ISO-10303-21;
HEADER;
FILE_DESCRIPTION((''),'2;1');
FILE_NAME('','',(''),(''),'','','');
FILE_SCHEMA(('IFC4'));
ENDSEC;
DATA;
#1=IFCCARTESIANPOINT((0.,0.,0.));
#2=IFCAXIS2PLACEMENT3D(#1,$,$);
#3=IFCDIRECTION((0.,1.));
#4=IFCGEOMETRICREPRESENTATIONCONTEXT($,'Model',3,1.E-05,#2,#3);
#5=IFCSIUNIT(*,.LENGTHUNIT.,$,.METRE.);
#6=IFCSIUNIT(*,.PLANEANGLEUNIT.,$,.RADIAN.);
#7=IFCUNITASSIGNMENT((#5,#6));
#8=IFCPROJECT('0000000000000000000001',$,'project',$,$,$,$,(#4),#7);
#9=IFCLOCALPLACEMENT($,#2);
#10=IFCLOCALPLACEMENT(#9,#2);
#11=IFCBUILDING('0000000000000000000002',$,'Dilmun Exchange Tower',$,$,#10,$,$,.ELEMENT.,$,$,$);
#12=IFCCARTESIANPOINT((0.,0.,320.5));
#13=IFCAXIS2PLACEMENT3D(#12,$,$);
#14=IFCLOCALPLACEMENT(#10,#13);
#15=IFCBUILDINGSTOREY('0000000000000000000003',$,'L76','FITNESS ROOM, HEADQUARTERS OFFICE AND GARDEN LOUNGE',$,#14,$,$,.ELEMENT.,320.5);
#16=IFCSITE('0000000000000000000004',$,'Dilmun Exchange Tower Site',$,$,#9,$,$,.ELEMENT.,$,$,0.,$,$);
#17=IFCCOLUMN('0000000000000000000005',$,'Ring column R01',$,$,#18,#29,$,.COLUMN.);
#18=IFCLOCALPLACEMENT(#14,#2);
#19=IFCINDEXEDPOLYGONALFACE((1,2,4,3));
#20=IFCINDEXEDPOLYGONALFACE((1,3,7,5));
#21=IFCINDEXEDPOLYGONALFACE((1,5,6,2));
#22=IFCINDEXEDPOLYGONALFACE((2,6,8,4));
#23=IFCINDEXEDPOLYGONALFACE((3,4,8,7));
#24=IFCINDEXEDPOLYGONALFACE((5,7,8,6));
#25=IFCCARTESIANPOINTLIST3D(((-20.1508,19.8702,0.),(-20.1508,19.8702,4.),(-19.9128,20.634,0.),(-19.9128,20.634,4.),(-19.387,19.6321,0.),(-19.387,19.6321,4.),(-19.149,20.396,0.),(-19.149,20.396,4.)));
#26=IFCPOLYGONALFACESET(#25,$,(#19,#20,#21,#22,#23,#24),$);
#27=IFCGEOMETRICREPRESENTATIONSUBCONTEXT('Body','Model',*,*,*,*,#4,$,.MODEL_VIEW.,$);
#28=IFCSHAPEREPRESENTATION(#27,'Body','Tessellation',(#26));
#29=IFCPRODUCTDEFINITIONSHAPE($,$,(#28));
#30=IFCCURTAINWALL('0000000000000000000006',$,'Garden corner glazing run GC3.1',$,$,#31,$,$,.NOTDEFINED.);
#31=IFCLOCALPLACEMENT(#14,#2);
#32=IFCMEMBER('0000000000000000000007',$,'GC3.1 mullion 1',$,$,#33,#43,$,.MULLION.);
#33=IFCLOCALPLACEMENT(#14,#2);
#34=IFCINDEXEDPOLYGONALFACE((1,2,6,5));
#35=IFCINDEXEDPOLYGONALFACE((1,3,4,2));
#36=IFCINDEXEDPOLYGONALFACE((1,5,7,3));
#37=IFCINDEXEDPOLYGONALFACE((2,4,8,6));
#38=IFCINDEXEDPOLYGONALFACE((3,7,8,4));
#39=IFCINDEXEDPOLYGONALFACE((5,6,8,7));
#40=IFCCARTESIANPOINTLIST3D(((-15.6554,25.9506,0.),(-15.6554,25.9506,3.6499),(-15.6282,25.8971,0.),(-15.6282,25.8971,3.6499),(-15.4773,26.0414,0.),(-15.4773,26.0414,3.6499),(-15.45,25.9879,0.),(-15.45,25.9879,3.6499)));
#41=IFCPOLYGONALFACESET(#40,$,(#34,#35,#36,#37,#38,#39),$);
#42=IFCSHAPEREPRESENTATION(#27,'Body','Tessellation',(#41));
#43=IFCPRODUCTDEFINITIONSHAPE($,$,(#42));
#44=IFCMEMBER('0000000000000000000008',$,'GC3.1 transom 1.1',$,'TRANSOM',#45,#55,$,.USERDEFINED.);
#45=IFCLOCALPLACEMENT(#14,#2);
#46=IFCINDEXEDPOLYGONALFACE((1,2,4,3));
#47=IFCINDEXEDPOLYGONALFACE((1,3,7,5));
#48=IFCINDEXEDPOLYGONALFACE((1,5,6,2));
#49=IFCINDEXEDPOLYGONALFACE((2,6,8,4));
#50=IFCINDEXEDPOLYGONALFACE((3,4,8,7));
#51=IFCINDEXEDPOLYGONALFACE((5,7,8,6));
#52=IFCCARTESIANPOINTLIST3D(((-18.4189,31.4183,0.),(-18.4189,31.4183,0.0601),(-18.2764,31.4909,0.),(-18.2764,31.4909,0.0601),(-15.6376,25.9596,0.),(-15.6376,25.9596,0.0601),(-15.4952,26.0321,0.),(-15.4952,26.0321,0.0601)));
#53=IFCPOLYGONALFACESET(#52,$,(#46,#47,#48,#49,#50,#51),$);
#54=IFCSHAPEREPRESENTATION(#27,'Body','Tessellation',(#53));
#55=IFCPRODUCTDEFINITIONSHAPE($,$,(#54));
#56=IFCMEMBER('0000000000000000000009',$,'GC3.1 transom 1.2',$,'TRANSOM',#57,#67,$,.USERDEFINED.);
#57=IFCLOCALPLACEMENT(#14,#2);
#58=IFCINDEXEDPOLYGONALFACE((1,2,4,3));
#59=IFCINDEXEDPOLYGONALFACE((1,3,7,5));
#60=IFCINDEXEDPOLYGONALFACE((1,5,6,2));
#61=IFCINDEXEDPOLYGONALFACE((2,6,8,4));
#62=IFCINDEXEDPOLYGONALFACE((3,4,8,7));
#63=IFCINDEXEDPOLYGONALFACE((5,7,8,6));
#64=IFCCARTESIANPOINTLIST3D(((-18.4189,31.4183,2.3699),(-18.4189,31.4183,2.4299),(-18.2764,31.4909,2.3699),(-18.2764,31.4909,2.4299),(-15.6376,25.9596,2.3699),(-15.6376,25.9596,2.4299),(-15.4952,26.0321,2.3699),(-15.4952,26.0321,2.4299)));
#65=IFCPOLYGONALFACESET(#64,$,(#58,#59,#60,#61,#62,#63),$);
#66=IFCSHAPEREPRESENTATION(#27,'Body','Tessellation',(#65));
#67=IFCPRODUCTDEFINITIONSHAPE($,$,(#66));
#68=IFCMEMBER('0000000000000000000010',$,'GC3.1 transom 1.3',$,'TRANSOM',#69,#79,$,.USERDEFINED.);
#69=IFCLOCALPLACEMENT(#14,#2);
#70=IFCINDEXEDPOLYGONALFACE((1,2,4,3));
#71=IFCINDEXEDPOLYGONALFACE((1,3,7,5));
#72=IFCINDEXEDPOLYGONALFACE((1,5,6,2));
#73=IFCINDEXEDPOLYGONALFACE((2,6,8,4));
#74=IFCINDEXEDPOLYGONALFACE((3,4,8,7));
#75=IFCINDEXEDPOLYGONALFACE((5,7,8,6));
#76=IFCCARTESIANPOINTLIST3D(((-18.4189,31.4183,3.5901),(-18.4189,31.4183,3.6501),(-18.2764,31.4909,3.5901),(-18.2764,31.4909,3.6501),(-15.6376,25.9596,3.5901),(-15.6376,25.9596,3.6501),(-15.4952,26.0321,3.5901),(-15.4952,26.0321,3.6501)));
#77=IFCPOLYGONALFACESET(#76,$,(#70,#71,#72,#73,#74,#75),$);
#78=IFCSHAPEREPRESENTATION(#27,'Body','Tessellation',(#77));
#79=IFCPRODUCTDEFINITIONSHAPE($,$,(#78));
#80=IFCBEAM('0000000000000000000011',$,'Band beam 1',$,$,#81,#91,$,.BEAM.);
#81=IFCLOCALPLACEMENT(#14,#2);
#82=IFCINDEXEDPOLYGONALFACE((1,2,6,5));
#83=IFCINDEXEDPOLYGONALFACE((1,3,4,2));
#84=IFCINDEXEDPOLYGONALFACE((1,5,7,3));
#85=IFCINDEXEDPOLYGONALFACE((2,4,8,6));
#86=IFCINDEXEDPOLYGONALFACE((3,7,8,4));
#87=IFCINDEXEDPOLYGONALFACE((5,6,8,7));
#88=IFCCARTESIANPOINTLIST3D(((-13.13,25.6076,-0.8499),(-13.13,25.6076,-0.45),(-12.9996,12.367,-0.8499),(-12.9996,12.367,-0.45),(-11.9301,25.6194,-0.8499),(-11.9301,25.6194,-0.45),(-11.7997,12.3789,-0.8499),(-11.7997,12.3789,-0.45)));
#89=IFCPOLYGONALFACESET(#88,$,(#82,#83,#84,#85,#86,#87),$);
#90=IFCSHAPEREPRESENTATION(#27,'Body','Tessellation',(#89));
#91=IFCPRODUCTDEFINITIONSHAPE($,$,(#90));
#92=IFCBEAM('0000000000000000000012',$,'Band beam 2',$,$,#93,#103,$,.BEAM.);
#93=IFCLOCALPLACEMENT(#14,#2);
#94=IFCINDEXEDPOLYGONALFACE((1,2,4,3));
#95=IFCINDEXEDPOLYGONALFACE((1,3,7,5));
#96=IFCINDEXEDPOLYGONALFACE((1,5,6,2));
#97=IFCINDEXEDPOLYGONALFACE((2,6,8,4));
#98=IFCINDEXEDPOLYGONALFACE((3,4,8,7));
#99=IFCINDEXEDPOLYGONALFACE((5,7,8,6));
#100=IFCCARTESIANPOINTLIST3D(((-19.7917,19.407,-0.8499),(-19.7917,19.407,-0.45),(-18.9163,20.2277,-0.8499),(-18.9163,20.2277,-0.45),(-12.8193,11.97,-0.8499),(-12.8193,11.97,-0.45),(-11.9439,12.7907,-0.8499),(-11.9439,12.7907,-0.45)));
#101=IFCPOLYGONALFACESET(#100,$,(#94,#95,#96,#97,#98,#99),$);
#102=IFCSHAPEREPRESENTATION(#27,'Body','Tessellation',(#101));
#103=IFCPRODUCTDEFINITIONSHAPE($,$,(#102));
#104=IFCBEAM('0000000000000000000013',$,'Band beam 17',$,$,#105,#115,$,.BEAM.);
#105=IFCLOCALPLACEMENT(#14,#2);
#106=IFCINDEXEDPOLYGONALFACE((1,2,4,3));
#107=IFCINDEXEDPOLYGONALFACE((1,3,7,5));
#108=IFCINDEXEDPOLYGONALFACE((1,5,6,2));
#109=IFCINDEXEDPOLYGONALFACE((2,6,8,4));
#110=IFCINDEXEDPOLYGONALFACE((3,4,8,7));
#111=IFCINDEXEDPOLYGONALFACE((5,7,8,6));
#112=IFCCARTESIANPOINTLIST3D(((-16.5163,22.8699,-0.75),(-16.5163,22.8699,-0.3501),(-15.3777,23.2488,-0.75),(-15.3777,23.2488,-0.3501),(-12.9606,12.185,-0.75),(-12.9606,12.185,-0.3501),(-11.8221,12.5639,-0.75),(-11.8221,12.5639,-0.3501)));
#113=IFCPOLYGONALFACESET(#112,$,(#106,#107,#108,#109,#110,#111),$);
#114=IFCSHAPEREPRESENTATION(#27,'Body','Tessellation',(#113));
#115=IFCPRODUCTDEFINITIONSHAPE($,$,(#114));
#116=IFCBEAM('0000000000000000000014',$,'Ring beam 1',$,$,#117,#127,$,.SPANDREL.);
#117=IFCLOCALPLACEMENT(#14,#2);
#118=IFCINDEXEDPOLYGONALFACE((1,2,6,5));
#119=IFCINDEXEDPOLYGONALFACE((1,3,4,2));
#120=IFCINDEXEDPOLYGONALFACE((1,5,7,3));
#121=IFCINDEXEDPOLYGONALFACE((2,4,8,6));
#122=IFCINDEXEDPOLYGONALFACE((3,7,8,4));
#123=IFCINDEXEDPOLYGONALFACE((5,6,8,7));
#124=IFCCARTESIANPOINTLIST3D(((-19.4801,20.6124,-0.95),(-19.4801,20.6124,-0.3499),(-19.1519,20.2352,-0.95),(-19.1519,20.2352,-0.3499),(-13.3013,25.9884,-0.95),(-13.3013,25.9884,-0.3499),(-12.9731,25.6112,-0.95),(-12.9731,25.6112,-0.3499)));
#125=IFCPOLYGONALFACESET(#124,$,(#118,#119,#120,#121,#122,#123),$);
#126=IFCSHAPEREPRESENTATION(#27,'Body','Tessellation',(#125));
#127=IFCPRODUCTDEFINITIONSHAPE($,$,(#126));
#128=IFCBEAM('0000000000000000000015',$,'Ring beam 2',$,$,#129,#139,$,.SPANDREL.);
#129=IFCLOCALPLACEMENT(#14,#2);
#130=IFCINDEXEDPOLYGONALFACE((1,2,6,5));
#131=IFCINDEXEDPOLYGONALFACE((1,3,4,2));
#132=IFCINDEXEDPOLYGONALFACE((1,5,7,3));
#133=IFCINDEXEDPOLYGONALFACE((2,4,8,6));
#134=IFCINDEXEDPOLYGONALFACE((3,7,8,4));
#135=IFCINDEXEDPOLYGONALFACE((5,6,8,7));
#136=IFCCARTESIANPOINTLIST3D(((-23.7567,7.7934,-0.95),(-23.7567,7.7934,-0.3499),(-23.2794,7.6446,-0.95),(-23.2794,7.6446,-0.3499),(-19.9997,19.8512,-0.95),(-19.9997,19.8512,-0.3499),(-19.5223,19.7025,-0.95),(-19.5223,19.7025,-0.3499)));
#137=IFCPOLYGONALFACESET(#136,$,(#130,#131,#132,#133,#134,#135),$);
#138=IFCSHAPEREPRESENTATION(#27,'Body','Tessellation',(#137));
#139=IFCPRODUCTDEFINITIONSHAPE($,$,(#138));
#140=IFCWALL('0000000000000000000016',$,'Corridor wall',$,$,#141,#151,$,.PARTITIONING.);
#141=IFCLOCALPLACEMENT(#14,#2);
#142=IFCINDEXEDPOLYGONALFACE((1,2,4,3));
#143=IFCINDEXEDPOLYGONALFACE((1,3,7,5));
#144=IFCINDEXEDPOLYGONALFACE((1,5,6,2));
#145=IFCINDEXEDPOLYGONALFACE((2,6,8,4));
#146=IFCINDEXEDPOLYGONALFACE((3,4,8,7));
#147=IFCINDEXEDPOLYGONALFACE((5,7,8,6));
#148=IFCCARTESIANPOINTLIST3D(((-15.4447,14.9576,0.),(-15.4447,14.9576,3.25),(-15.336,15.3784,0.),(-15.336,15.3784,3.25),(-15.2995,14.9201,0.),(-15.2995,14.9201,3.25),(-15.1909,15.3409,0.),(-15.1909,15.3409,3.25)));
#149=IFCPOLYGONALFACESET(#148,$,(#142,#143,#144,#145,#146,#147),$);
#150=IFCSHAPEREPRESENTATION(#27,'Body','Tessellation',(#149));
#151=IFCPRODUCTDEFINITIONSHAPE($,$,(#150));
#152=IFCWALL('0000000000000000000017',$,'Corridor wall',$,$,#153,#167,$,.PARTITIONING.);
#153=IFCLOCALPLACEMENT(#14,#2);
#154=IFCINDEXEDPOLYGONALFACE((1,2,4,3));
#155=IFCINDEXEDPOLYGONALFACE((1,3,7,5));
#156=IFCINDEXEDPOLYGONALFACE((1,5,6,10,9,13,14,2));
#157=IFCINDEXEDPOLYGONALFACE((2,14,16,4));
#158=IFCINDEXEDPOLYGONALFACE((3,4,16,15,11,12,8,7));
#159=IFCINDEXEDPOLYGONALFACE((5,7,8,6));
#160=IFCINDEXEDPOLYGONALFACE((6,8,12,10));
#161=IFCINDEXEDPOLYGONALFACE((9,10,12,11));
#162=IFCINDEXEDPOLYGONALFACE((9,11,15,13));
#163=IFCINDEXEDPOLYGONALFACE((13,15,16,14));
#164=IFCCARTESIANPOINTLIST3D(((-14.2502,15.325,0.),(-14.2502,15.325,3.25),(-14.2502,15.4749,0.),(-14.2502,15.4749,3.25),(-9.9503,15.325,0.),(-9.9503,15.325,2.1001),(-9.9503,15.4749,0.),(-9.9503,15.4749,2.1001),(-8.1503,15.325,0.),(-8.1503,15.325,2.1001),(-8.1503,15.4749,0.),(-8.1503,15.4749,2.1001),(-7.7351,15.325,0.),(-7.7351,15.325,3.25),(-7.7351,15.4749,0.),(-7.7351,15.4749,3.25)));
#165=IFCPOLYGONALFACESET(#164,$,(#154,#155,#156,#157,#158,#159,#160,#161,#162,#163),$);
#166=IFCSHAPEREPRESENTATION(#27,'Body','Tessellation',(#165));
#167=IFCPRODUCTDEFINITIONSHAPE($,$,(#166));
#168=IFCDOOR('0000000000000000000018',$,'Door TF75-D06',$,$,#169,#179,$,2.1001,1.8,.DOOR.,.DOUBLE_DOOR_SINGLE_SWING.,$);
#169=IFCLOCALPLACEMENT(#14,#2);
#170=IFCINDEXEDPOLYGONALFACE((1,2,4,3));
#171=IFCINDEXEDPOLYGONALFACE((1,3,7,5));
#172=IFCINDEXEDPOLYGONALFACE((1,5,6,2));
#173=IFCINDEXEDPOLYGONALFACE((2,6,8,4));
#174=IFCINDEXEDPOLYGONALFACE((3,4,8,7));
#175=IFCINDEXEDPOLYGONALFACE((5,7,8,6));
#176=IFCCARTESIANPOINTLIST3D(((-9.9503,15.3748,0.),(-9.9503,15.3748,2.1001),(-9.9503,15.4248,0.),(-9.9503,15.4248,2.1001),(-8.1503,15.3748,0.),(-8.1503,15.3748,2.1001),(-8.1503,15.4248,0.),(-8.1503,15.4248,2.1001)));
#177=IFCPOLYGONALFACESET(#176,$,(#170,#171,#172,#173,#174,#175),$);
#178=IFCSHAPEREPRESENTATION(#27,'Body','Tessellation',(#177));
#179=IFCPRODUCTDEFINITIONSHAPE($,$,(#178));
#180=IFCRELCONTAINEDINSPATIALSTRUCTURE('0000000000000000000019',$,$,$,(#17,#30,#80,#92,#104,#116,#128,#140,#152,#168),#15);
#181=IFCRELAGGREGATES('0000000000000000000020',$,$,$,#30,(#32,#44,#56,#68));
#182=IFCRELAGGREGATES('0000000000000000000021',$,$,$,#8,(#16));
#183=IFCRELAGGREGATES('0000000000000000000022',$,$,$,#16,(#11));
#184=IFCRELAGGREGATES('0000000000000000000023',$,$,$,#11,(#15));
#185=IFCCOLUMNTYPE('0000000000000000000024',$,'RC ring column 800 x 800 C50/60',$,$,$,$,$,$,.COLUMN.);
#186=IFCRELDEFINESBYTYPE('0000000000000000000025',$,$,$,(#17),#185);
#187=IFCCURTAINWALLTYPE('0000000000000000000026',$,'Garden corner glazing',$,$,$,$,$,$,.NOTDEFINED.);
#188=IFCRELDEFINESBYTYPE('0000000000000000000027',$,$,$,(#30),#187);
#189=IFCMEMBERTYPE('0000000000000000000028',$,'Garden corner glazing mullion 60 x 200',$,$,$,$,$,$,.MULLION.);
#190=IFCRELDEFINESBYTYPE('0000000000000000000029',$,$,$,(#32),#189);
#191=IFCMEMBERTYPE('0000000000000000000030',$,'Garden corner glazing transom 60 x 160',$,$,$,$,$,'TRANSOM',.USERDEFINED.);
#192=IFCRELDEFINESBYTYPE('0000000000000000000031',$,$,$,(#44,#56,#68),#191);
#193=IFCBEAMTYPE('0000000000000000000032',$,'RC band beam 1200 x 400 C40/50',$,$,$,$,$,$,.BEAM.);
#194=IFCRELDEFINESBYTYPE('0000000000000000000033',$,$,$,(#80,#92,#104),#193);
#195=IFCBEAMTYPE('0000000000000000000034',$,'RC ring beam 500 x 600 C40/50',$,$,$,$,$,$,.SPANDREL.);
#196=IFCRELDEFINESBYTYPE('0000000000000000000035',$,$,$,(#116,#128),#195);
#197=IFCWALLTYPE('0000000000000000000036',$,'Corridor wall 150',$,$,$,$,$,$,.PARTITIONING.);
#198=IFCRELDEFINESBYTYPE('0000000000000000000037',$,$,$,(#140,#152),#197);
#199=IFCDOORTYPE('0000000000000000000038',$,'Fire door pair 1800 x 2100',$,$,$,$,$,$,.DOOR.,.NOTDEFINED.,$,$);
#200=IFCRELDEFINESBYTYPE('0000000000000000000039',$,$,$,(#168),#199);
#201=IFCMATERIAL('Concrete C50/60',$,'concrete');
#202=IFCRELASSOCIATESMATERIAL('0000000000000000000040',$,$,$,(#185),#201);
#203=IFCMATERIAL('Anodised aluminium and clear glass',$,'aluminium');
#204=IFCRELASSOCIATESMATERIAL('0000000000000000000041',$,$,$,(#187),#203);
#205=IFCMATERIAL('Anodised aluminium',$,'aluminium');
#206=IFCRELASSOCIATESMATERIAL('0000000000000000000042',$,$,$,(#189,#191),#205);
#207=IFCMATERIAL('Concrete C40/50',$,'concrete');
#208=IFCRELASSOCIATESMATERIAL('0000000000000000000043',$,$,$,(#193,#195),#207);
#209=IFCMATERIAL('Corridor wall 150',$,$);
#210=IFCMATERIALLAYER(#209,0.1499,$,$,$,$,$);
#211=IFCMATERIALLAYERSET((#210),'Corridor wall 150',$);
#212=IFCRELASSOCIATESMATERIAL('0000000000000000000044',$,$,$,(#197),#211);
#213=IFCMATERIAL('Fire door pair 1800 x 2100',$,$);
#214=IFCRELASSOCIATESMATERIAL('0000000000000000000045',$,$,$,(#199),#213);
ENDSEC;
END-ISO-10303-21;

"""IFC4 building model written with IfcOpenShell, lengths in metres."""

from ifc_helpers import new_model, si_unit, direction, frame, frame_2d, origin, origin_2d, place, context, subcontext, project, spatial, rectangle, extrude, material, layer, layer_set, material_profile, profile_set, type_object, element, fill, aggregate, save


model = new_model("IFC4")

# Units and contexts
model_context = context("Model", 3, precision=1e-05, world=origin(), true_north=direction((0.0, 1.0)))
body_context = subcontext(model_context, "Body", "Model", "MODEL_VIEW")
ifc_project = project(units=[si_unit("LENGTHUNIT", "METRE"), si_unit("PLANEANGLEUNIT", "RADIAN")], contexts=[model_context])

# Site, building, storey
site_placement = place(None, origin())
site = spatial("IfcSite", under=ifc_project, at=site_placement, Name="Dilmun Exchange Tower Site", CompositionType="ELEMENT", RefElevation=0.0)
building_placement = place(site_placement, origin())
building = spatial("IfcBuilding", under=site, at=building_placement, Name="Dilmun Exchange Tower", CompositionType="ELEMENT")
storey_placement = place(building_placement, frame((0.0, 0.0, 320.5)))
storey = spatial("IfcBuildingStorey", under=building, at=storey_placement, Name="L76", Description="FITNESS ROOM, HEADQUARTERS OFFICE AND GARDEN LOUNGE", CompositionType="ELEMENT", Elevation=320.5)

# Column
ifc_material_1 = material(Name="Concrete C50/60", Category="concrete")
ifc_material_profile_1 = material_profile(ifc_material_1, rectangle(XDim=0.8, YDim=0.8, at=origin_2d()), Name="800 x 800")
ifc_profile_set_1 = profile_set([ifc_material_profile_1], Name="Concrete C50/60")
column_type = type_object("IfcColumnType", Name="RC ring column 800 x 800 C50/60", PredefinedType="COLUMN", material=ifc_profile_set_1)
column_placement = place(storey_placement, frame((-19.6499, 20.1331, 0.0), z_axis=(0.0, 0.0, 1.0), x_axis=(0.297503, 0.954721, 0.0)))
element("IfcColumn", 1, at=column_placement, inside=storey, type_object=column_type, Name="Ring column R01", PredefinedType="COLUMN", context=body_context, shape_type="SweptSolid", body=[
    extrude(rectangle(XDim=0.8, YDim=0.8, at=origin_2d()), origin(), (0.0, 0.0, 1.0), 4.0),
])

# Curtain wall, members
ifc_material_2 = material(Name="Anodised aluminium and clear glass", Category="aluminium")
curtain_wall_type = type_object("IfcCurtainWallType", Name="Garden corner glazing", PredefinedType="NOTDEFINED", material=ifc_material_2)
curtain_wall_placement = place(storey_placement, origin())
curtain_wall = element("IfcCurtainWall", 2, at=curtain_wall_placement, inside=storey, type_object=curtain_wall_type, Name="Garden corner glazing run GC3.1", PredefinedType="NOTDEFINED")
ifc_material_3 = material(Name="Anodised aluminium", Category="aluminium")
ifc_material_profile_2 = material_profile(ifc_material_3, rectangle(XDim=0.2, YDim=0.0601, at=origin_2d()), Name="AL 60x200")
ifc_profile_set_2 = profile_set([ifc_material_profile_2], Name="Anodised aluminium")
member_type_1 = type_object("IfcMemberType", Name="Garden corner glazing mullion 60 x 200", PredefinedType="MULLION", material=ifc_profile_set_2)
member_1_placement = place(storey_placement, frame((-15.5527, 25.9692, 0.0), z_axis=(0.0, 0.0, 1.0), x_axis=(-0.891007, -0.453989, 0.0)))
member_1 = element("IfcMember", 3, at=member_1_placement, type_object=member_type_1, Name="GC3.1 mullion 1", PredefinedType="MULLION", context=body_context, shape_type="SweptSolid", body=[
    extrude(rectangle(XDim=0.2, YDim=0.0601, at=origin_2d()), origin(), (0.0, 0.0, 1.0), 3.6499),
])
ifc_material_profile_3 = material_profile(ifc_material_3, rectangle(XDim=0.1599, YDim=0.0601, at=origin_2d()), Name="AL 60x160")
ifc_profile_set_3 = profile_set([ifc_material_profile_3], Name="Anodised aluminium")
member_type_2 = type_object("IfcMemberType", Name="Garden corner glazing transom 60 x 160", ElementType="TRANSOM", PredefinedType="USERDEFINED", material=ifc_profile_set_3)
member_2_placement = place(storey_placement, frame((-15.5664, 25.9958, 0.03), z_axis=(-0.453975, 0.891014, 0.0), x_axis=(-0.891014, -0.453975, 0.0)))
member_2 = element("IfcMember", 4, at=member_2_placement, type_object=member_type_2, Name="GC3.1 transom 1.1", ObjectType="TRANSOM", PredefinedType="USERDEFINED", context=body_context, shape_type="SweptSolid", body=[
    extrude(rectangle(XDim=0.1599, YDim=0.0601, at=origin_2d()), origin(), (0.0, 0.0, 1.0), 6.1265),
])
member_3_placement = place(storey_placement, frame((-15.5664, 25.9958, 2.3999), z_axis=(-0.453975, 0.891014, 0.0), x_axis=(-0.891014, -0.453975, 0.0)))
member_3 = element("IfcMember", 5, at=member_3_placement, type_object=member_type_2, Name="GC3.1 transom 1.2", ObjectType="TRANSOM", PredefinedType="USERDEFINED", context=body_context, shape_type="SweptSolid", body=[
    extrude(rectangle(XDim=0.1599, YDim=0.0601, at=origin_2d()), origin(), (0.0, 0.0, 1.0), 6.1265),
])
member_4_placement = place(storey_placement, frame((-15.5664, 25.9958, 3.6201), z_axis=(-0.453975, 0.891014, 0.0), x_axis=(-0.891014, -0.453975, 0.0)))
member_4 = element("IfcMember", 6, at=member_4_placement, type_object=member_type_2, Name="GC3.1 transom 1.3", ObjectType="TRANSOM", PredefinedType="USERDEFINED", context=body_context, shape_type="SweptSolid", body=[
    extrude(rectangle(XDim=0.1599, YDim=0.0601, at=origin_2d()), origin(), (0.0, 0.0, 1.0), 6.1265),
])
aggregate(curtain_wall, [member_1, member_2, member_3, member_4])

# Beams
ifc_material_4 = material(Name="Concrete C40/50", Category="concrete")
ifc_material_profile_4 = material_profile(ifc_material_4, rectangle(XDim=1.2, YDim=0.3999, at=origin_2d()), Name="1200 x 400")
ifc_profile_set_4 = profile_set([ifc_material_profile_4], Name="Concrete C40/50")
beam_type_1 = type_object("IfcBeamType", Name="RC band beam 1200 x 400 C40/50", PredefinedType="BEAM", material=ifc_profile_set_4)
beam_1_placement = place(storey_placement, frame((-12.53, 25.6135, -0.6499), z_axis=(0.009846, -0.999952, 0.0), x_axis=(0.999952, 0.009846, 0.0)))
element("IfcBeam", 7, at=beam_1_placement, inside=storey, type_object=beam_type_1, Name="Band beam 1", PredefinedType="BEAM", context=body_context, shape_type="SweptSolid", body=[
    extrude(rectangle(XDim=1.2, YDim=0.3999, at=origin_2d()), origin(), (0.0, 0.0, 1.0), 13.2412),
])
beam_2_placement = place(storey_placement, frame((-19.354, 19.8174, -0.6499), z_axis=(0.683952, -0.729527, 0.0), x_axis=(0.729527, 0.683952, 0.0)))
element("IfcBeam", 8, at=beam_2_placement, inside=storey, type_object=beam_type_1, Name="Band beam 2", PredefinedType="BEAM", context=body_context, shape_type="SweptSolid", body=[
    extrude(rectangle(XDim=1.2, YDim=0.3999, at=origin_2d()), origin(), (0.0, 0.0, 1.0), 10.1943),
])
beam_3_placement = place(storey_placement, frame((-15.947, 23.0593, -0.55), z_axis=(0.315753, -0.948841, 0.0), x_axis=(0.948841, 0.315753, 0.0)))
element("IfcBeam", 9, at=beam_3_placement, inside=storey, type_object=beam_type_1, Name="Band beam 17", PredefinedType="BEAM", context=body_context, shape_type="SweptSolid", body=[
    extrude(rectangle(XDim=1.2, YDim=0.3999, at=origin_2d()), origin(), (0.0, 0.0, 1.0), 11.261),
])
ifc_material_profile_5 = material_profile(ifc_material_4, rectangle(XDim=0.5, YDim=0.6001, at=origin_2d()), Name="500 x 600")
ifc_profile_set_5 = profile_set([ifc_material_profile_5], Name="Concrete C40/50")
beam_type_2 = type_object("IfcBeamType", Name="RC ring beam 500 x 600 C40/50", PredefinedType="SPANDREL", material=ifc_profile_set_5)
beam_4_placement = place(storey_placement, frame((-13.1372, 25.7998, -0.6499), z_axis=(-0.754413, -0.6564, 0.0), x_axis=(0.6564, -0.754413, 0.0)))
element("IfcBeam", 10, at=beam_4_placement, inside=storey, type_object=beam_type_2, Name="Ring beam 1", PredefinedType="SPANDREL", context=body_context, shape_type="SweptSolid", body=[
    extrude(rectangle(XDim=0.5, YDim=0.6001, at=origin_2d()), origin(), (0.0, 0.0, 1.0), 8.1902),
])
beam_5_placement = place(storey_placement, frame((-19.761, 19.7769, -0.6499), z_axis=(-0.297481, -0.954728, 0.0), x_axis=(0.954728, -0.297481, 0.0)))
element("IfcBeam", 11, at=beam_5_placement, inside=storey, type_object=beam_type_2, Name="Ring beam 2", PredefinedType="SPANDREL", context=body_context, shape_type="SweptSolid", body=[
    extrude(rectangle(XDim=0.5, YDim=0.6001, at=origin_2d()), origin(), (0.0, 0.0, 1.0), 12.6296),
])

# Wall
ifc_material_5 = material(Name="Corridor wall 150")
ifc_layer = layer(ifc_material_5, 0.1499)
ifc_layer_set = layer_set([ifc_layer], Name="Corridor wall 150")
wall_type = type_object("IfcWallType", Name="Corridor wall 150", PredefinedType="PARTITIONING", material=ifc_layer_set)
wall_1_placement = place(storey_placement, frame((-15.2634, 15.3596, 0.0), z_axis=(0.0, 0.0, 1.0), x_axis=(-0.250065, -0.968229, 0.0)))
element("IfcWall", 12, at=wall_1_placement, inside=storey, type_object=wall_type, Name="Corridor wall", PredefinedType="PARTITIONING", context=body_context, shape_type="SweptSolid", body=[
    extrude(rectangle(XDim=0.4346, YDim=0.1499, at=frame_2d((0.2173, 0.0))), origin(), (0.0, 0.0, 1.0), 3.25),
])

# Wall, opening, door
wall_2_placement = place(storey_placement, frame((-14.2502, 15.3999, 0.0), z_axis=(0.0, 0.0, 1.0), x_axis=(1.0, 0.0, 0.0)))
wall_2 = element("IfcWall", 13, at=wall_2_placement, inside=storey, type_object=wall_type, Name="Corridor wall", PredefinedType="PARTITIONING", context=body_context, shape_type="SweptSolid", body=[
    extrude(rectangle(XDim=6.5151, YDim=0.1499, at=frame_2d((3.2576, 0.0))), origin(), (0.0, 0.0, 1.0), 3.25),
])
opening_1_placement = place(wall_2_placement, frame((4.3, 0.0, 0.0)))
opening_1 = element("IfcOpeningElement", 14, at=opening_1_placement, cuts=wall_2, PredefinedType="OPENING", context=body_context, shape_type="SweptSolid", body=[
    extrude(rectangle(XDim=1.8, YDim=2.1001, at=frame_2d((0.8999, 1.05))), frame((0.0, 0.085, 0.0), z_axis=(0.0, -1.0, 0.0), x_axis=(1.0, 0.0, 0.0)), (0.0, 0.0, 1.0), 0.1699),
])
ifc_material_6 = material(Name="Fire door pair 1800 x 2100")
door_type_1 = type_object("IfcDoorType", Name="Fire door pair 1800 x 2100", OperationType="NOTDEFINED", PredefinedType="DOOR", material=ifc_material_6)
door_1_placement = place(opening_1_placement, origin())
door_1 = element("IfcDoor", 15, at=door_1_placement, inside=storey, type_object=door_type_1, Name="Door TF75-D06", OperationType="DOUBLE_DOOR_SINGLE_SWING", OverallHeight=2.1001, OverallWidth=1.8, PredefinedType="DOOR", context=body_context, shape_type="SweptSolid", body=[
    extrude(rectangle(XDim=1.8, YDim=2.1001, at=frame_2d((0.8999, 1.05))), frame((0.0, 0.0249, 0.0), z_axis=(0.0, -1.0, 0.0), x_axis=(1.0, 0.0, 0.0)), (0.0, 0.0, 1.0), 0.05),
])
fill(opening_1, door_1)

save(model, "model.ifc")
